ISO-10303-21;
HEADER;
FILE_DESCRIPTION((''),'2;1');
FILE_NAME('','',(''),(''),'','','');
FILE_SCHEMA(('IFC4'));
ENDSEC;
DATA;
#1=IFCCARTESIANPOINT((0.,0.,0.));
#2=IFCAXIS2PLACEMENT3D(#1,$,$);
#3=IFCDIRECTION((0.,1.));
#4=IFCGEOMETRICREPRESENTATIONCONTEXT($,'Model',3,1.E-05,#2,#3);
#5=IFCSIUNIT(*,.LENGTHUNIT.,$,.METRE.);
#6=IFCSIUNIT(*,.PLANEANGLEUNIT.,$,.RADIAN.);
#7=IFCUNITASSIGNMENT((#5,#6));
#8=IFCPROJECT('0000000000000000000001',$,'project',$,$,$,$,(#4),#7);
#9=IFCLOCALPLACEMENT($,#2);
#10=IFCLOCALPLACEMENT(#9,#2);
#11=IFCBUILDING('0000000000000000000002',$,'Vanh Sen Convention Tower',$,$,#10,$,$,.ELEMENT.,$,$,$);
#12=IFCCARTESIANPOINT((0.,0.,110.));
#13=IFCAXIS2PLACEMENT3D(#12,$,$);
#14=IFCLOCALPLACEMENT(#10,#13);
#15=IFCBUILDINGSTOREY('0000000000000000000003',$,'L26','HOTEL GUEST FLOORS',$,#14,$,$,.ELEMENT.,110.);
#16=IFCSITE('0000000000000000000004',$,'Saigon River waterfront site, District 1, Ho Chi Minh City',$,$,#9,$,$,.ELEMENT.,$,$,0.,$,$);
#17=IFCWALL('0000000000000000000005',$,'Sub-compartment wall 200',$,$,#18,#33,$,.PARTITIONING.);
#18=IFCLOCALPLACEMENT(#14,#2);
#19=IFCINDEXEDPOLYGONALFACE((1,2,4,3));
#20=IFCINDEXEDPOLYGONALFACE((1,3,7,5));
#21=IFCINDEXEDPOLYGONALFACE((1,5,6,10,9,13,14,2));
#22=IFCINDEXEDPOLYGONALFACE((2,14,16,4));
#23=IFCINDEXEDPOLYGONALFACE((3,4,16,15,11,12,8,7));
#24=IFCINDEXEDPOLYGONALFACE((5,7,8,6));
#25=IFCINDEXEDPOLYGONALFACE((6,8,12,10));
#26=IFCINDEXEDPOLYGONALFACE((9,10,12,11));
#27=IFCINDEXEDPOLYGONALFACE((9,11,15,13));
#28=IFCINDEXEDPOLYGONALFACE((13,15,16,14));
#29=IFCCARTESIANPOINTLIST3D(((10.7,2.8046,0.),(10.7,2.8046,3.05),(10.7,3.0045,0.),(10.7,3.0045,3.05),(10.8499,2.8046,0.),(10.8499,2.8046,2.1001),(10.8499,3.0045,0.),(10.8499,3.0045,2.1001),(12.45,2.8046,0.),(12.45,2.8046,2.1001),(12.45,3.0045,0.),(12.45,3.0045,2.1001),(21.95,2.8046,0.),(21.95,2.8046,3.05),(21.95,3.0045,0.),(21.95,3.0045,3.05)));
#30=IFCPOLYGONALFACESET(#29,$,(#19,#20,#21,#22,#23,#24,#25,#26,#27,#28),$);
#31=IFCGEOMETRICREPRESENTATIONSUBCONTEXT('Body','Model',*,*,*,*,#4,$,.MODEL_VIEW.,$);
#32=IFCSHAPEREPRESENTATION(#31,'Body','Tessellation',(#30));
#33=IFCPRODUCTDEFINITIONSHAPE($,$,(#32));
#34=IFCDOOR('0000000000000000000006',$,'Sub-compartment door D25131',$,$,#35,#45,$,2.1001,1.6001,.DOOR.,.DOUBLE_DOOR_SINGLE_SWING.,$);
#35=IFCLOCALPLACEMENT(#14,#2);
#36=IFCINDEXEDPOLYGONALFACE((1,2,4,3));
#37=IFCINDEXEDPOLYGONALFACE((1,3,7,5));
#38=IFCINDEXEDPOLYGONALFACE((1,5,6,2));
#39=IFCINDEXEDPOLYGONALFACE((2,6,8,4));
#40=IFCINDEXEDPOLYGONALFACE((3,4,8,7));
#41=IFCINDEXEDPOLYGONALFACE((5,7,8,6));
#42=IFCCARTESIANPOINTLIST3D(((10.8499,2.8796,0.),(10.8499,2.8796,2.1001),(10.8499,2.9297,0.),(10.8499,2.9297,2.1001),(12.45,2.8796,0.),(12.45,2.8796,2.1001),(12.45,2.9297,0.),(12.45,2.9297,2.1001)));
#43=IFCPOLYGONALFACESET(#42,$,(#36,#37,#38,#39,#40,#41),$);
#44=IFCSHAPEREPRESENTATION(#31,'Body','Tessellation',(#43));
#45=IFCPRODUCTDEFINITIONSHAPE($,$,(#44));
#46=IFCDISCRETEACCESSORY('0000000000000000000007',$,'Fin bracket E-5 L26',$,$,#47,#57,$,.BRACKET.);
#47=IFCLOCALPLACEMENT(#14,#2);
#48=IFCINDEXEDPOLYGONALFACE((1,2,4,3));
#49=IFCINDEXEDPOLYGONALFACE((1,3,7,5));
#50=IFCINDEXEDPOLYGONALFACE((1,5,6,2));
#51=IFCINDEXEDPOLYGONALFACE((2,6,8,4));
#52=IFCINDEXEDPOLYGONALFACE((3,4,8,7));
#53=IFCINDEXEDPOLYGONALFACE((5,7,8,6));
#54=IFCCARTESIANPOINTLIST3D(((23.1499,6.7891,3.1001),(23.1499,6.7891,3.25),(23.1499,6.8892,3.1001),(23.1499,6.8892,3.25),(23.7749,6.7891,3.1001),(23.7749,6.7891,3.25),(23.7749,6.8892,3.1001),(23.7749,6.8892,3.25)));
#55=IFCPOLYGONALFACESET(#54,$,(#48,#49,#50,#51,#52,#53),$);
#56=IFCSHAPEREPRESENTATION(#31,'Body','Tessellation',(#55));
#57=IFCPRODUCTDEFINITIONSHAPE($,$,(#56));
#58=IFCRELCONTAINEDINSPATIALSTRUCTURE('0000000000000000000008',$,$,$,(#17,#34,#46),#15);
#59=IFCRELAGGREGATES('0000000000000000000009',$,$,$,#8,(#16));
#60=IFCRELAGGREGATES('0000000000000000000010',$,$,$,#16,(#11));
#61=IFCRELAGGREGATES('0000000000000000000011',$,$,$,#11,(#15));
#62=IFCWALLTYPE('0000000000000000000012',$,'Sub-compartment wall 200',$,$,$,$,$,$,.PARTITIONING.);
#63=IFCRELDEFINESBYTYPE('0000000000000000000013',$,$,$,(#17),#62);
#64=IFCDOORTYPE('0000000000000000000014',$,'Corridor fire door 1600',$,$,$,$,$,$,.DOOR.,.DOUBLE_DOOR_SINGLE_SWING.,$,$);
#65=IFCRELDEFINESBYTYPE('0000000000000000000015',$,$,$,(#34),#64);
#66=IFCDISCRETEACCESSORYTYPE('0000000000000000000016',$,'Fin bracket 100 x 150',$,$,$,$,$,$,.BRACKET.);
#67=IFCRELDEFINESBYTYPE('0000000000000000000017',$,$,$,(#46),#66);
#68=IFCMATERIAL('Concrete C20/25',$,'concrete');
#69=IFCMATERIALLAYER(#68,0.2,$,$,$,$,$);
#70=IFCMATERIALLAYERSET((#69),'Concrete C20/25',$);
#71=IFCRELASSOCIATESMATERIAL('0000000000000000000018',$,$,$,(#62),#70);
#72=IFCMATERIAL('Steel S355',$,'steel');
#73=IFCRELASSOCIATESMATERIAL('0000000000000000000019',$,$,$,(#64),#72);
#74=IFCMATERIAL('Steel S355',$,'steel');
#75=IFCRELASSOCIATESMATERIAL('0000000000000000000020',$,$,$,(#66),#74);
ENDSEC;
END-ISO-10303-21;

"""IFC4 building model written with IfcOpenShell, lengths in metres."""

from ifc_helpers import new_model, si_unit, direction, frame, frame_2d, origin, origin_2d, place, context, subcontext, project, spatial, rectangle, extrude, material, layer, layer_set, type_object, element, fill, save


model = new_model("IFC4")

# Units and contexts
model_context = context("Model", 3, precision=1e-05, world=origin(), true_north=direction((0.0, 1.0)))
body_context = subcontext(model_context, "Body", "Model", "MODEL_VIEW")
ifc_project = project(units=[si_unit("LENGTHUNIT", "METRE"), si_unit("PLANEANGLEUNIT", "RADIAN")], contexts=[model_context])

# Site, building, storey
site_placement = place(None, origin())
site = spatial("IfcSite", under=ifc_project, at=site_placement, Name="Saigon River waterfront site, District 1, Ho Chi Minh City", CompositionType="ELEMENT", RefElevation=0.0)
building_placement = place(site_placement, origin())
building = spatial("IfcBuilding", under=site, at=building_placement, Name="Vanh Sen Convention Tower", CompositionType="ELEMENT")
storey_placement = place(building_placement, frame((0.0, 0.0, 110.0)))
storey = spatial("IfcBuildingStorey", under=building, at=storey_placement, Name="L26", Description="HOTEL GUEST FLOORS", CompositionType="ELEMENT", Elevation=110.0)

# Wall, opening, door
ifc_material_1 = material(Name="Concrete C20/25", Category="concrete")
ifc_layer_1 = layer(ifc_material_1, 0.2)
ifc_layer_set_1 = layer_set([ifc_layer_1], Name="Concrete C20/25")
wall_type_1 = type_object("IfcWallType", Name="Sub-compartment wall 200", PredefinedType="PARTITIONING", material=ifc_layer_set_1)
wall_1_placement = place(storey_placement, frame((21.95, 2.9045, 0.0), z_axis=(0.0, 0.0, 1.0), x_axis=(-1.0, 0.0, 0.0)))
wall_1 = element("IfcWall", 1, at=wall_1_placement, inside=storey, type_object=wall_type_1, Name="Sub-compartment wall 200", PredefinedType="PARTITIONING", context=body_context, shape_type="SweptSolid", body=[
    extrude(rectangle(XDim=11.25, YDim=0.2, at=frame_2d((5.625, 0.0))), origin(), (0.0, 0.0, 1.0), 3.05),
])
opening_1_placement = place(wall_1_placement, frame((9.5, 0.0, 0.0)))
opening_1 = element("IfcOpeningElement", 2, at=opening_1_placement, cuts=wall_1, PredefinedType="OPENING", context=body_context, shape_type="SweptSolid", body=[
    extrude(rectangle(XDim=1.6001, YDim=2.1001, at=frame_2d((0.8, 1.05))), frame((0.0, 0.1099, 0.0), z_axis=(0.0, -1.0, 0.0), x_axis=(1.0, 0.0, 0.0)), (0.0, 0.0, 1.0), 0.22),
])
ifc_material_2 = material(Name="Steel S355", Category="steel")
door_type_1 = type_object("IfcDoorType", Name="Corridor fire door 1600", OperationType="DOUBLE_DOOR_SINGLE_SWING", PredefinedType="DOOR", material=ifc_material_2)
door_1_placement = place(opening_1_placement, origin())
door_1 = element("IfcDoor", 3, at=door_1_placement, inside=storey, type_object=door_type_1, Name="Sub-compartment door D25131", OperationType="DOUBLE_DOOR_SINGLE_SWING", OverallHeight=2.1001, OverallWidth=1.6001, PredefinedType="DOOR", context=body_context, shape_type="SweptSolid", body=[
    extrude(rectangle(XDim=1.6001, YDim=2.1001, at=frame_2d((0.8, 1.05))), frame((0.0, 0.0249, 0.0), z_axis=(0.0, -1.0, 0.0), x_axis=(1.0, 0.0, 0.0)), (0.0, 0.0, 1.0), 0.05),
])
fill(opening_1, door_1)

# Discrete accessory
ifc_material_3 = material(Name="Steel S355", Category="steel")
discrete_accessory_type = type_object("IfcDiscreteAccessoryType", Name="Fin bracket 100 x 150", PredefinedType="BRACKET", material=ifc_material_3)
discrete_accessory_placement = place(storey_placement, frame((23.4624, 6.8391, 3.1001), z_axis=(0.0, 0.0, 1.0), x_axis=(1.0, 0.0, 0.0)))
element("IfcDiscreteAccessory", 4, at=discrete_accessory_placement, inside=storey, type_object=discrete_accessory_type, Name="Fin bracket E-5 L26", PredefinedType="BRACKET", context=body_context, shape_type="SweptSolid", body=[
    extrude(rectangle(XDim=0.625, YDim=0.1001, at=origin_2d()), origin(), (0.0, 0.0, 1.0), 0.1499),
])

save(model, "model.ifc")
